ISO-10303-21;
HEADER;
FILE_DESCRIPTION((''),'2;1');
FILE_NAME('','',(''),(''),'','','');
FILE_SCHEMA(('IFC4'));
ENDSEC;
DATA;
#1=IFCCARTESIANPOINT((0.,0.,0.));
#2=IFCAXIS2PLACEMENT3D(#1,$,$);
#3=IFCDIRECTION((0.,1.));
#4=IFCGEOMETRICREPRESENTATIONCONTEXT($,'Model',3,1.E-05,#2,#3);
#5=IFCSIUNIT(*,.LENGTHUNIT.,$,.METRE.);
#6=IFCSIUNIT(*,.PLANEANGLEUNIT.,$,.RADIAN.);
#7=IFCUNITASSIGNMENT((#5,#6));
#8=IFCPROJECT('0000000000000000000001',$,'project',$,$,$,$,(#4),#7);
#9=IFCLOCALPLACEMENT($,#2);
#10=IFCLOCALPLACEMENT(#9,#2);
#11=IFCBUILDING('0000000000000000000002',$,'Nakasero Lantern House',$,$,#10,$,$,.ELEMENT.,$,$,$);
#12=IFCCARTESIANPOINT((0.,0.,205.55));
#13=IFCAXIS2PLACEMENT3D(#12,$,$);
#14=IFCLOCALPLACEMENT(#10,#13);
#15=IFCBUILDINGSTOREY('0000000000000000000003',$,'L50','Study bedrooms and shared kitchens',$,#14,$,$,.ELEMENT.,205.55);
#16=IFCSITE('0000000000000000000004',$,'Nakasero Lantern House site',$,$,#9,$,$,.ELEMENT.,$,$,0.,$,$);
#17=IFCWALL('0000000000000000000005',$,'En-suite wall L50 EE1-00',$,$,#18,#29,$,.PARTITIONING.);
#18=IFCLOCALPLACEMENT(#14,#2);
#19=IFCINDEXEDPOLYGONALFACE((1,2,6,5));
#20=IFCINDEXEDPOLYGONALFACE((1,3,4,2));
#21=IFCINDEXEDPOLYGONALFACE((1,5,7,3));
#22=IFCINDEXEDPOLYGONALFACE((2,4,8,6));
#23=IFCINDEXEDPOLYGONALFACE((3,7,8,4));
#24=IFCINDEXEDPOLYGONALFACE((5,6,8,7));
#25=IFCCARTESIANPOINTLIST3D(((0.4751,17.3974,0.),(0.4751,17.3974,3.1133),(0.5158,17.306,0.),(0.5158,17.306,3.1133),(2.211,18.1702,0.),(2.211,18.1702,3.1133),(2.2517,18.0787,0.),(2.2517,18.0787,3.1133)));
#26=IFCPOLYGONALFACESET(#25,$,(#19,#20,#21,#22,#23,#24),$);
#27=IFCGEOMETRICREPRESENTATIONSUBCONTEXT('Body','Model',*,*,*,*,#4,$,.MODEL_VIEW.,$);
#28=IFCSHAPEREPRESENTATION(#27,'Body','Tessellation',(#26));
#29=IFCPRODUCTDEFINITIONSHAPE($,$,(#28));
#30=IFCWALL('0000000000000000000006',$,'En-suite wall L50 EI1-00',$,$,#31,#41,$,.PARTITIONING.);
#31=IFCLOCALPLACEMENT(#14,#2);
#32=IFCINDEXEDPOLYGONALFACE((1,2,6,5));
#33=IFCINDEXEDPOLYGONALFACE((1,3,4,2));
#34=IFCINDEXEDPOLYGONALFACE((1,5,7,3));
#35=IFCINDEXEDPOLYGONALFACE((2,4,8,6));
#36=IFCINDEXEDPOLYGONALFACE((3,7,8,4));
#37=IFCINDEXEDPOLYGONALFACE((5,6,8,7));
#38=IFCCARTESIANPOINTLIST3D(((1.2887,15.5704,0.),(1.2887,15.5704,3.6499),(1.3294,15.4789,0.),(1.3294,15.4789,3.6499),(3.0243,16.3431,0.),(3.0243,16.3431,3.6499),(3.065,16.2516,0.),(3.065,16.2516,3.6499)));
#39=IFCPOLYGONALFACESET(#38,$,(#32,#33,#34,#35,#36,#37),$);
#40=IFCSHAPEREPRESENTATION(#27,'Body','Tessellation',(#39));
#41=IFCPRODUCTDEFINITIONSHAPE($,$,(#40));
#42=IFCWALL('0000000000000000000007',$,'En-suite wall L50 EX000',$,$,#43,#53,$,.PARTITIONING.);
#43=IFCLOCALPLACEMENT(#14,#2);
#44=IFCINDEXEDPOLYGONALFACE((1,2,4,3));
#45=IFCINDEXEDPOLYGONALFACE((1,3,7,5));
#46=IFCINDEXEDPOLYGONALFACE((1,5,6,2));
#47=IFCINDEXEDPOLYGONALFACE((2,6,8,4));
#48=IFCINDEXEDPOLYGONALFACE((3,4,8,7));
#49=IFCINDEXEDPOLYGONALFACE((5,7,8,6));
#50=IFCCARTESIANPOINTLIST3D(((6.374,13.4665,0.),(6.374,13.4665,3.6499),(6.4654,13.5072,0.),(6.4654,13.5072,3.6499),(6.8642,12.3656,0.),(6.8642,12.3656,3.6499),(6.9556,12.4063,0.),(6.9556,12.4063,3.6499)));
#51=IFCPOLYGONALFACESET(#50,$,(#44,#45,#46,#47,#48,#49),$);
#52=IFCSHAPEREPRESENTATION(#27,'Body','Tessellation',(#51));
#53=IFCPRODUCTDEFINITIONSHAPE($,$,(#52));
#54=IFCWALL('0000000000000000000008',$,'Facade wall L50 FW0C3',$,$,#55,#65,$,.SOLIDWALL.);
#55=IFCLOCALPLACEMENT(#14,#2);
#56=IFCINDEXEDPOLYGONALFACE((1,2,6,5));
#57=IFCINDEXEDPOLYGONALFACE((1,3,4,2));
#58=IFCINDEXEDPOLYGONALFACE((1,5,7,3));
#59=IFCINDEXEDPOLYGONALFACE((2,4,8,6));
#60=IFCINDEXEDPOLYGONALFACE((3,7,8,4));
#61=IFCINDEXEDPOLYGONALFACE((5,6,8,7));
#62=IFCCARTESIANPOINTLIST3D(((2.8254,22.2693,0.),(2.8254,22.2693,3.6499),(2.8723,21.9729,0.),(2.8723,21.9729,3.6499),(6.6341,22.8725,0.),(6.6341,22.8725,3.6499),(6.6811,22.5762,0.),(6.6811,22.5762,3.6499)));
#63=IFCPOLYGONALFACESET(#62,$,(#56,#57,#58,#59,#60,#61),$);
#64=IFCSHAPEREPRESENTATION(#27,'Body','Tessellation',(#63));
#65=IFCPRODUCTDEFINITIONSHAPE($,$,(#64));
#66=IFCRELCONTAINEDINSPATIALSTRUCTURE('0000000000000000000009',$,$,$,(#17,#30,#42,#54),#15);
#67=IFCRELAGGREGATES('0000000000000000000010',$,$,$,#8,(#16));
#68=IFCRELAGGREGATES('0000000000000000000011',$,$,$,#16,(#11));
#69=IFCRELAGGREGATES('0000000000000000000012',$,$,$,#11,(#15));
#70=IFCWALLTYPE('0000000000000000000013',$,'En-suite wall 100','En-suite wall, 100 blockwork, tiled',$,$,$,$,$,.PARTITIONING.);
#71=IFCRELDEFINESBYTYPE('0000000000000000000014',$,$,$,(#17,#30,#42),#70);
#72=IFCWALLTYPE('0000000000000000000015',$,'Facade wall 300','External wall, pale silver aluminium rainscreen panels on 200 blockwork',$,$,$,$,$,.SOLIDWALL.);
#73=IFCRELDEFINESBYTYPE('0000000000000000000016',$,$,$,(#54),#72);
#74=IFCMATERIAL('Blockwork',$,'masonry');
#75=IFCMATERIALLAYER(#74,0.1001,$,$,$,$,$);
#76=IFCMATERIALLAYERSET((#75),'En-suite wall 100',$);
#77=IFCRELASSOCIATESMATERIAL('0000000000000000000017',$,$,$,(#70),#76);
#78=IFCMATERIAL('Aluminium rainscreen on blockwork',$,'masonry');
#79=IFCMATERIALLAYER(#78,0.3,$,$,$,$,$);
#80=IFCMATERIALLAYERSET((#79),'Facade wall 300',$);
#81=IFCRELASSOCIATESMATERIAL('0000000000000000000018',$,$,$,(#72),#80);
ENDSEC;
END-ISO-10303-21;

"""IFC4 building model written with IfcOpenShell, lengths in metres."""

from ifc_helpers import new_model, si_unit, direction, frame, frame_2d, origin, place, context, subcontext, project, spatial, rectangle, extrude, material, layer, layer_set, type_object, element, save


model = new_model("IFC4")

# Units and contexts
model_context = context("Model", 3, precision=1e-05, world=origin(), true_north=direction((0.0, 1.0)))
body_context = subcontext(model_context, "Body", "Model", "MODEL_VIEW")
ifc_project = project(units=[si_unit("LENGTHUNIT", "METRE"), si_unit("PLANEANGLEUNIT", "RADIAN")], contexts=[model_context])

# Site, building, storey
site_placement = place(None, origin())
site = spatial("IfcSite", under=ifc_project, at=site_placement, Name="Nakasero Lantern House site", CompositionType="ELEMENT", RefElevation=0.0)
building_placement = place(site_placement, origin())
building = spatial("IfcBuilding", under=site, at=building_placement, Name="Nakasero Lantern House", CompositionType="ELEMENT")
storey_placement = place(building_placement, frame((0.0, 0.0, 205.55)))
storey = spatial("IfcBuildingStorey", under=building, at=storey_placement, Name="L50", Description="Study bedrooms and shared kitchens", CompositionType="ELEMENT", Elevation=205.55)

# Shared definitions
ifc_material_1 = material(Name="Blockwork", Category="masonry")
ifc_layer_1 = layer(ifc_material_1, 0.1001)
ifc_layer_set_1 = layer_set([ifc_layer_1], Name="En-suite wall 100")
wall_type_1 = type_object("IfcWallType", Name="En-suite wall 100", Description="En-suite wall, 100 blockwork, tiled", PredefinedType="PARTITIONING", material=ifc_layer_set_1)

# Walls
wall_1_placement = place(storey_placement, frame((2.2314, 18.1245, 0.0), z_axis=(0.0, 0.0, 1.0), x_axis=(-0.913573, -0.406675, 0.0)))
element("IfcWall", 1, at=wall_1_placement, inside=storey, type_object=wall_type_1, Name="En-suite wall L50 EE1-00", PredefinedType="PARTITIONING", context=body_context, shape_type="SweptSolid", body=[
    extrude(rectangle(XDim=1.9001, YDim=0.1001, at=frame_2d((0.9502, 0.0))), origin(), (0.0, 0.0, 1.0), 3.1133),
])
wall_2_placement = place(storey_placement, frame((3.0447, 16.2974, 0.0), z_axis=(0.0, 0.0, 1.0), x_axis=(-0.913552, -0.406723, 0.0)))
element("IfcWall", 2, at=wall_2_placement, inside=storey, type_object=wall_type_1, Name="En-suite wall L50 EI1-00", PredefinedType="PARTITIONING", context=body_context, shape_type="SweptSolid", body=[
    extrude(rectangle(XDim=1.8999, YDim=0.1001, at=frame_2d((0.95, 0.0))), origin(), (0.0, 0.0, 1.0), 3.6499),
])
wall_3_placement = place(storey_placement, frame((6.4197, 13.4868, 0.0), z_axis=(0.0, 0.0, 1.0), x_axis=(0.406815, -0.913511, 0.0)))
element("IfcWall", 3, at=wall_3_placement, inside=storey, type_object=wall_type_1, Name="En-suite wall L50 EX000", PredefinedType="PARTITIONING", context=body_context, shape_type="SweptSolid", body=[
    extrude(rectangle(XDim=1.2051, YDim=0.1001, at=frame_2d((0.6025, 0.0))), origin(), (0.0, 0.0, 1.0), 3.6499),
])
ifc_material_2 = material(Name="Aluminium rainscreen on blockwork", Category="masonry")
ifc_layer_2 = layer(ifc_material_2, 0.3)
ifc_layer_set_2 = layer_set([ifc_layer_2], Name="Facade wall 300")
wall_type_2 = type_object("IfcWallType", Name="Facade wall 300", Description="External wall, pale silver aluminium rainscreen panels on 200 blockwork", PredefinedType="SOLIDWALL", material=ifc_layer_set_2)
wall_4_placement = place(storey_placement, frame((6.6577, 22.7244, 0.0), z_axis=(0.0, 0.0, 1.0), x_axis=(-0.987688, -0.156437, 0.0)))
element("IfcWall", 4, at=wall_4_placement, inside=storey, type_object=wall_type_2, Name="Facade wall L50 FW0C3", PredefinedType="SOLIDWALL", context=body_context, shape_type="SweptSolid", body=[
    extrude(rectangle(XDim=3.8562, YDim=0.3, at=frame_2d((1.9282, 0.0))), origin(), (0.0, 0.0, 1.0), 3.6499),
])

save(model, "model.ifc")
